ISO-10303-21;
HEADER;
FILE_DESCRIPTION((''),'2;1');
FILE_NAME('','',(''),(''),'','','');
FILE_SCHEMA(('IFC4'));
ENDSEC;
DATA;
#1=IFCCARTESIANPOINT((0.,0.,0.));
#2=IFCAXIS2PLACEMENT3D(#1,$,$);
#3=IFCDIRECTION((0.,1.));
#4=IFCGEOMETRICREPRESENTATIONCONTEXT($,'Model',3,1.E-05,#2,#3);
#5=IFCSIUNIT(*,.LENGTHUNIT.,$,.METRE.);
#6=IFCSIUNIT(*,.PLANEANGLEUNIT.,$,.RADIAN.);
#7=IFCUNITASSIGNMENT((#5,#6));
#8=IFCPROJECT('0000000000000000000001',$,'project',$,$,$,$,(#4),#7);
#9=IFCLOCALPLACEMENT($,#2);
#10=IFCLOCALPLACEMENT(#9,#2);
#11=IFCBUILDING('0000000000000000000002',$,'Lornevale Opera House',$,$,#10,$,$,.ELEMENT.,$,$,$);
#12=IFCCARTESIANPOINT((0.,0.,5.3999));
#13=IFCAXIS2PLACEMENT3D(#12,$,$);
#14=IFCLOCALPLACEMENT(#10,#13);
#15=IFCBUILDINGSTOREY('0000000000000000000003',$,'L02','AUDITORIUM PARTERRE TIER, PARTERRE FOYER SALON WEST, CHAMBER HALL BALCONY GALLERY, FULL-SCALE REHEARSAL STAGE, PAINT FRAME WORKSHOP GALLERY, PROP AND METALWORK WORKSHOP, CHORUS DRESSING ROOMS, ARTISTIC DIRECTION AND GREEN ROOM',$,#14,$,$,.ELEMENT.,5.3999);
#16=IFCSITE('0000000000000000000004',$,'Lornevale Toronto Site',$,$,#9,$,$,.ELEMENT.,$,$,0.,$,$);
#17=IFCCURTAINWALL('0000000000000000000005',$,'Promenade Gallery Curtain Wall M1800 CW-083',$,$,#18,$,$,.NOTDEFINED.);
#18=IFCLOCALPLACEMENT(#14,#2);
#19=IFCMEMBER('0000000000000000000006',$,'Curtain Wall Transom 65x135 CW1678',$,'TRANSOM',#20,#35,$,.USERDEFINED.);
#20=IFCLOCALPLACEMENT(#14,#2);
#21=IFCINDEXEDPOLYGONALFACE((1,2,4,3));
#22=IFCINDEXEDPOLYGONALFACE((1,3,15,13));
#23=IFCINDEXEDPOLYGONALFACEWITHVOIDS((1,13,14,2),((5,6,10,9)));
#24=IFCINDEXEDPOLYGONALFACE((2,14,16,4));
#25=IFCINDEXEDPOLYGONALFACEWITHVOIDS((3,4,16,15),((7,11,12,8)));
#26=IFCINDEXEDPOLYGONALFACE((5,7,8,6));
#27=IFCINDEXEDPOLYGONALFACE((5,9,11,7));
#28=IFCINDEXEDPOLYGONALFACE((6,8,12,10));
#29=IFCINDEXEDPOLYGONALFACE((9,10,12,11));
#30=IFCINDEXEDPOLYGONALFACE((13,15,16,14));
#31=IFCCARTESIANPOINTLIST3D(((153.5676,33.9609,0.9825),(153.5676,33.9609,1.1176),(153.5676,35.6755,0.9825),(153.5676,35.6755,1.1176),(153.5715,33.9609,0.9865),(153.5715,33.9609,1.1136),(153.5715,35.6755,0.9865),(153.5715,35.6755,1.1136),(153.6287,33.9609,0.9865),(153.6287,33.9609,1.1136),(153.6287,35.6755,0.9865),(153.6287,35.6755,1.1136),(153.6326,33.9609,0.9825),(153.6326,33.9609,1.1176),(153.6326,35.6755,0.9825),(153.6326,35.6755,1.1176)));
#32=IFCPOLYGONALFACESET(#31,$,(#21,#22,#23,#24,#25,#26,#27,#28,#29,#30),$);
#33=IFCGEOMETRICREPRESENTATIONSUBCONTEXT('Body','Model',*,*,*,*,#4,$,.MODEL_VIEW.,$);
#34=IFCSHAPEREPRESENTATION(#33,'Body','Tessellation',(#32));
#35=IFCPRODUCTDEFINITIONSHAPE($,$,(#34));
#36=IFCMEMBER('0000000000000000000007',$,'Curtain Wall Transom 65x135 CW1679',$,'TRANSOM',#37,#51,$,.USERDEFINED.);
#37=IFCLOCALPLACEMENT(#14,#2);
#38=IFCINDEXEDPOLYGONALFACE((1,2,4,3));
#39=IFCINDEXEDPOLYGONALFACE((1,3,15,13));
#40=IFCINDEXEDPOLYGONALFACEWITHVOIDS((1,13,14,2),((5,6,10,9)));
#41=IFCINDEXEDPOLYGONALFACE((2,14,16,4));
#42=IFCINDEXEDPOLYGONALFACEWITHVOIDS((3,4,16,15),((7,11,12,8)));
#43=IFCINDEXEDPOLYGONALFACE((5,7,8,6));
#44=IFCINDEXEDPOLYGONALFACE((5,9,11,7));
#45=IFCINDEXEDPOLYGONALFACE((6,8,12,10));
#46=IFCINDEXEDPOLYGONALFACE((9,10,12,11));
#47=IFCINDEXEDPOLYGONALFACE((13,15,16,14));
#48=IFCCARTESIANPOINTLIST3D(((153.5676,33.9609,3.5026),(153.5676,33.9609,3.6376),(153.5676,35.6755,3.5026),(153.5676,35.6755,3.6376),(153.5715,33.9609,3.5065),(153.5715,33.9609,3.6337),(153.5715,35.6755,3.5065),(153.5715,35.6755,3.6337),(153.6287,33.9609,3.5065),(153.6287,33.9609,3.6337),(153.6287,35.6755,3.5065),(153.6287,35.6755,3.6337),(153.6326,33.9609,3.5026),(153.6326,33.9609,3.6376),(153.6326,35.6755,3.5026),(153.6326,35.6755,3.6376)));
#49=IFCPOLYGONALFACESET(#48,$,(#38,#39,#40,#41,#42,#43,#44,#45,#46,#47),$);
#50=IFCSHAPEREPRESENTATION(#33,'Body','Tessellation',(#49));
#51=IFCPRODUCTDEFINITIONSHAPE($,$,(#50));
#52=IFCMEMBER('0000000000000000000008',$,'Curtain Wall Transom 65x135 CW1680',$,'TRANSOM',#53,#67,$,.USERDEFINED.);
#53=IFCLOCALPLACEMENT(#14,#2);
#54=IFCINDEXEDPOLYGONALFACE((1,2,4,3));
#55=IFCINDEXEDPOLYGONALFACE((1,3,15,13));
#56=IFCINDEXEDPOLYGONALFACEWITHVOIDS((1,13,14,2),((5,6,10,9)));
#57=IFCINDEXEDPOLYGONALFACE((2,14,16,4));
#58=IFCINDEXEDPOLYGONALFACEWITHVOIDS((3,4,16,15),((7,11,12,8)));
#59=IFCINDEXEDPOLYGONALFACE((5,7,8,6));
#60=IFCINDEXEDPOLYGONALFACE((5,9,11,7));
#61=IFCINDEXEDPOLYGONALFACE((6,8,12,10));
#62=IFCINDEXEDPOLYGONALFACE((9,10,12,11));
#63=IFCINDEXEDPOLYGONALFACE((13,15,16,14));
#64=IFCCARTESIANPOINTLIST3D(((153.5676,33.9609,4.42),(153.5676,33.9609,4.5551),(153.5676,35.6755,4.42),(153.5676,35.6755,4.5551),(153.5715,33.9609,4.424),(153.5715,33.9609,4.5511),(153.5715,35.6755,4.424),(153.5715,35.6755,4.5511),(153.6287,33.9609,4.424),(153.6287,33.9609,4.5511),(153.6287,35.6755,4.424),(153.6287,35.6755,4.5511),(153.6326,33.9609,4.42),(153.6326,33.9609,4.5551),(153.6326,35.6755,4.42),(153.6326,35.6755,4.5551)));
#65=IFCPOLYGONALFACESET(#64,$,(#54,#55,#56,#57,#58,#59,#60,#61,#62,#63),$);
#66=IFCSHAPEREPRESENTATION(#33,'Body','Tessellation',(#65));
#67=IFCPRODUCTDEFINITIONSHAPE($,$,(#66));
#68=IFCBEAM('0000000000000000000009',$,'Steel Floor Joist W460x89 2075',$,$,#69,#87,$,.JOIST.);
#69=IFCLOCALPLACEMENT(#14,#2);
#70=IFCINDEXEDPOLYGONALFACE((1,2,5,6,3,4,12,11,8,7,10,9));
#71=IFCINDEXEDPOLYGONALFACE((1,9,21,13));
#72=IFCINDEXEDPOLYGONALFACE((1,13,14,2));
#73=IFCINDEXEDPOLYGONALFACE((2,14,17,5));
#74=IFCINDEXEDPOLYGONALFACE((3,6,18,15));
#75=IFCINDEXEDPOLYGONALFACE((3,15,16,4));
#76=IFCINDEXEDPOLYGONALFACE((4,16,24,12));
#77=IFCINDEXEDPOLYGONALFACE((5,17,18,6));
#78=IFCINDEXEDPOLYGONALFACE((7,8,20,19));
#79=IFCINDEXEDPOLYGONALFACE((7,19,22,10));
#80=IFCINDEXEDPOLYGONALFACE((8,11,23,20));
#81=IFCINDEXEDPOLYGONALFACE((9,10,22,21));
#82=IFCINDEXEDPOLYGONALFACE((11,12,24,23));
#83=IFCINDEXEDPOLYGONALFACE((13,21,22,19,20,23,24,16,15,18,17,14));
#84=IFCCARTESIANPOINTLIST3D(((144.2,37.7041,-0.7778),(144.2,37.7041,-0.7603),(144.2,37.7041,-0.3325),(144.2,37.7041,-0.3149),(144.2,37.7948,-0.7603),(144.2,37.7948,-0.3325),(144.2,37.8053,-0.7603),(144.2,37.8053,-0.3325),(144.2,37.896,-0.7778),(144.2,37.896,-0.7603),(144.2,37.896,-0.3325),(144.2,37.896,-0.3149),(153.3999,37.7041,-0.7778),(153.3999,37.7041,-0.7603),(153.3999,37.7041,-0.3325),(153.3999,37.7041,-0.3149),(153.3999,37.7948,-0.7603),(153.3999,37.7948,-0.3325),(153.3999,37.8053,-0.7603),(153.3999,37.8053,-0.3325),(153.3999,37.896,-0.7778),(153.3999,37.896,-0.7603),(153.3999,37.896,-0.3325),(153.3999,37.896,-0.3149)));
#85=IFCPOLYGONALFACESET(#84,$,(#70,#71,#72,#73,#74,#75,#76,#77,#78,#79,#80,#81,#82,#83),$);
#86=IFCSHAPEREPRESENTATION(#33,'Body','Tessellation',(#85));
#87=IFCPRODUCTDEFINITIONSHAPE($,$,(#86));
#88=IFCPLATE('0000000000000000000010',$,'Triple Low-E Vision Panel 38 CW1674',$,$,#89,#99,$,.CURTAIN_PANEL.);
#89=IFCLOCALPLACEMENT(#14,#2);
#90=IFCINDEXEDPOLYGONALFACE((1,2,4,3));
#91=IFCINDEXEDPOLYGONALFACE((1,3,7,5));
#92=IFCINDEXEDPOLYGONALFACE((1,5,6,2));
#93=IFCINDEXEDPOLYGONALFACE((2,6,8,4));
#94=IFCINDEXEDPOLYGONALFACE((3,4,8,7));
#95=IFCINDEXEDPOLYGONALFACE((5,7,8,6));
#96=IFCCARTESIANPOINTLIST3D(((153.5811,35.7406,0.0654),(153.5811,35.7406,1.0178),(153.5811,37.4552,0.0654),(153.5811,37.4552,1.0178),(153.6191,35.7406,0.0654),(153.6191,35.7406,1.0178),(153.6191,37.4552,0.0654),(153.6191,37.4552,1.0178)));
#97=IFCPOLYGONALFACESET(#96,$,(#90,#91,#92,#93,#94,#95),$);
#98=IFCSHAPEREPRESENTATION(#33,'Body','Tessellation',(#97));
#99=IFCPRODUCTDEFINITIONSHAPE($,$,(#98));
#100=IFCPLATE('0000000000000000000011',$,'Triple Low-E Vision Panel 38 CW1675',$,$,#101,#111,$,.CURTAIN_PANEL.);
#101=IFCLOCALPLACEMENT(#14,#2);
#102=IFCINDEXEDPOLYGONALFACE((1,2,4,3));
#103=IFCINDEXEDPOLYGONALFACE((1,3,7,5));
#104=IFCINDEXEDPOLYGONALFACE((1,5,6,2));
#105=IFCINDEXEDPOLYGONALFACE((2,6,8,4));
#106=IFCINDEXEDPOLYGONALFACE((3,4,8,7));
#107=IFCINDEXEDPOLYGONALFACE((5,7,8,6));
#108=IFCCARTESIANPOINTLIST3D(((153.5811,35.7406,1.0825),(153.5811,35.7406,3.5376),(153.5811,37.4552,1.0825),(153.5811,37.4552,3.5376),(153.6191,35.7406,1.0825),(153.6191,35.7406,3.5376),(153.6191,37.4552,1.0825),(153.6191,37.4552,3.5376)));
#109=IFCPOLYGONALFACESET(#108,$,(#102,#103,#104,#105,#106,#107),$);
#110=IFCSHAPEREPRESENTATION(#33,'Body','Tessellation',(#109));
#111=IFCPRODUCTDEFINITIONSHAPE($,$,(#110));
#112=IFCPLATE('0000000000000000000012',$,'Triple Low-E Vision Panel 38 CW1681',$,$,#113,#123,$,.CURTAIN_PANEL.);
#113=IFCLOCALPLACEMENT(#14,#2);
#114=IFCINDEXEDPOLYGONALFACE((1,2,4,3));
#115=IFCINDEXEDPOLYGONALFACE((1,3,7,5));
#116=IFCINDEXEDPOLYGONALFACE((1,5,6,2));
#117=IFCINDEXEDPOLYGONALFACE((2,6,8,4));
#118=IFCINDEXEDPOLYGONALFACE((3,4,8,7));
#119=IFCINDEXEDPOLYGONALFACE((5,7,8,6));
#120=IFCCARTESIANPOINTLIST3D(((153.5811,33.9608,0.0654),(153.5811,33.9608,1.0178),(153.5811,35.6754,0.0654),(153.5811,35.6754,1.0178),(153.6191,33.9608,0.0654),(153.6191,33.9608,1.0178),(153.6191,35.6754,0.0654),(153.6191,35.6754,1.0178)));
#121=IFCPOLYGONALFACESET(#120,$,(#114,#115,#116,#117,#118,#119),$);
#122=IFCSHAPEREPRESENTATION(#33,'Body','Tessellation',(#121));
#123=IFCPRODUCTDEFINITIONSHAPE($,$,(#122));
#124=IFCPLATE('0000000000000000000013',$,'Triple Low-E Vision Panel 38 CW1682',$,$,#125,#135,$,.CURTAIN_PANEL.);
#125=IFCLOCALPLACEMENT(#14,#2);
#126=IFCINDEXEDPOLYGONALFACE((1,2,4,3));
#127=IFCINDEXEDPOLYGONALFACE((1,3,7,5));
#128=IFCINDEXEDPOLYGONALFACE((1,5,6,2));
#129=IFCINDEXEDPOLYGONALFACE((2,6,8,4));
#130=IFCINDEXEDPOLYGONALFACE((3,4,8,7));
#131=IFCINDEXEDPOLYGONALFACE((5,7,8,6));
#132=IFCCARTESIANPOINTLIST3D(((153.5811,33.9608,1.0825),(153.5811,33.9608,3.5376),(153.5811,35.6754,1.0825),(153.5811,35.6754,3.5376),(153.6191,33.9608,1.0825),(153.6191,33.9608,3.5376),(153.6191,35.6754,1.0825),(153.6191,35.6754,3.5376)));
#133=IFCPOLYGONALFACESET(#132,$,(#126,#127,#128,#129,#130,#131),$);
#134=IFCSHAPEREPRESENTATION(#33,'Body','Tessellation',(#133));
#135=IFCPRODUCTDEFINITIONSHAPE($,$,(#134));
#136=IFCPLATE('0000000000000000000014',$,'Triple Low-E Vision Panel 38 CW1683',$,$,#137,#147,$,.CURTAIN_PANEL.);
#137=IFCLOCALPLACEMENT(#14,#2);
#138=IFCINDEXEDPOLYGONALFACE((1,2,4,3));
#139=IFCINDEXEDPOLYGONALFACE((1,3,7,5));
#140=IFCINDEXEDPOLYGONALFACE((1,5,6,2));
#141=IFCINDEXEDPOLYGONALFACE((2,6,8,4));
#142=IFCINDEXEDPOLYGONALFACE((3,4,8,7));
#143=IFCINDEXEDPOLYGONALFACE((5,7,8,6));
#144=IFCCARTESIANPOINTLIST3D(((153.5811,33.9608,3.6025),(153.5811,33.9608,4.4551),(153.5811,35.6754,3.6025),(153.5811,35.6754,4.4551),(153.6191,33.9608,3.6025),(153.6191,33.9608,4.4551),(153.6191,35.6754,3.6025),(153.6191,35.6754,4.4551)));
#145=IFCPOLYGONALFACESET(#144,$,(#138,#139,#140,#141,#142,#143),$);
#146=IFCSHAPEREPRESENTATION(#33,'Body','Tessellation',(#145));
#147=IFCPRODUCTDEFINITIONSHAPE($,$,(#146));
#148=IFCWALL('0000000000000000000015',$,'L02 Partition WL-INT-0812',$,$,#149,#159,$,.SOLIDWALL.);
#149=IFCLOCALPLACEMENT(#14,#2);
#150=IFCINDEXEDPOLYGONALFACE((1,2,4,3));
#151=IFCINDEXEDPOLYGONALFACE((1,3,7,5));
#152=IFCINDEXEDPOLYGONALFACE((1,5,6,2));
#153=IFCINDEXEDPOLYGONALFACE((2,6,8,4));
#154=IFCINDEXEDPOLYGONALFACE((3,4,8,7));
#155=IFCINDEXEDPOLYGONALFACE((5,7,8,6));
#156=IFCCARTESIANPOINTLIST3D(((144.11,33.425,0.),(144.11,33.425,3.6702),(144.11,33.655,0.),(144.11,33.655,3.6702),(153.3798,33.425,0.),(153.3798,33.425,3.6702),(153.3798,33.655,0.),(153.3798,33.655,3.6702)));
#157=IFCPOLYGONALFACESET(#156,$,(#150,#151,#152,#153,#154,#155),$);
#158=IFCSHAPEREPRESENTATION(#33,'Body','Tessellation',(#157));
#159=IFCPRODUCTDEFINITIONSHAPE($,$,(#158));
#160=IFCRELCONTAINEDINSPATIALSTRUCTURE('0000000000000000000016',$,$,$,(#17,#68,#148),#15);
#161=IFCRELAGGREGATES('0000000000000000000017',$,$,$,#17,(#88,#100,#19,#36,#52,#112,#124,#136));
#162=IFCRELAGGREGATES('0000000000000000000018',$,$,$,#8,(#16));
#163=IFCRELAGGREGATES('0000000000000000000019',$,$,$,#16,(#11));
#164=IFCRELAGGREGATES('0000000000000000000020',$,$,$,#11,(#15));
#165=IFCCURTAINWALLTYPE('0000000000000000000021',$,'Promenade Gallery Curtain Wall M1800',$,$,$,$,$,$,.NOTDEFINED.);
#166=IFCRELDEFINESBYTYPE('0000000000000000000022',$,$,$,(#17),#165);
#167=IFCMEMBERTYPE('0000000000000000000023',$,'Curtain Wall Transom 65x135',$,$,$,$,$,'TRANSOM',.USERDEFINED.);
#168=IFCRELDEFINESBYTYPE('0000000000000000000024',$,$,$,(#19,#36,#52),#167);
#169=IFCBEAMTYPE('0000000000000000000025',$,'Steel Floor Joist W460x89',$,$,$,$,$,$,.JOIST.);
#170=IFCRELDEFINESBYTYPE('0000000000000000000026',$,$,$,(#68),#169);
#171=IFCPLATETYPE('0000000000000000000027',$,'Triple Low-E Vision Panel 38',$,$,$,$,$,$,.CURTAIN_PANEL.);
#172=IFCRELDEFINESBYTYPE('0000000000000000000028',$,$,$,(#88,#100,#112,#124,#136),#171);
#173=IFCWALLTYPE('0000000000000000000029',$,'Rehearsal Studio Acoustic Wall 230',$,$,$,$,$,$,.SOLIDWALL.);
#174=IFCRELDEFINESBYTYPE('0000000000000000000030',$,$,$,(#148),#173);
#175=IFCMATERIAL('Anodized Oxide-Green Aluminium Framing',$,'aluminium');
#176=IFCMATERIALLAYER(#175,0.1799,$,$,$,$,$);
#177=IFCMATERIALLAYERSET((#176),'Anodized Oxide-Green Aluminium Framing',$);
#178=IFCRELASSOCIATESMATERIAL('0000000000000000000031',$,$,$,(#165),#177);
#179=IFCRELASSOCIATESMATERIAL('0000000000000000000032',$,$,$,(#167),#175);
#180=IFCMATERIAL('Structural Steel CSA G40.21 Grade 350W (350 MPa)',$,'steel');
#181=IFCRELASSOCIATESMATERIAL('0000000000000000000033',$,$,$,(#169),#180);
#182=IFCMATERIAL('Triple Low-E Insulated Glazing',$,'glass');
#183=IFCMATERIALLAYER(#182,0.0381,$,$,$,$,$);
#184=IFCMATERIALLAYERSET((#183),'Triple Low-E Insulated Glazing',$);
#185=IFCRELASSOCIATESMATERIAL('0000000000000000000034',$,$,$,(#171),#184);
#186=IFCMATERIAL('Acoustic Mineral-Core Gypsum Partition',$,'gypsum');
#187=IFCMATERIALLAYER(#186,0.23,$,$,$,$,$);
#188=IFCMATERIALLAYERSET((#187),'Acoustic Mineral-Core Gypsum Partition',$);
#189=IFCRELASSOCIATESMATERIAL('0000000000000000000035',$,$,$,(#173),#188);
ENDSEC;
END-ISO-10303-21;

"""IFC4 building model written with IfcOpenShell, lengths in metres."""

from ifc_helpers import new_model, si_unit, direction, frame, frame_2d, origin, origin_2d, place, context, subcontext, project, spatial, rectangle, hollow_rectangle, i_section, extrude, material, layer, layer_set, material_profile, profile_set, type_object, element, aggregate, save


model = new_model("IFC4")

# Units and contexts
model_context = context("Model", 3, precision=1e-05, world=origin(), true_north=direction((0.0, 1.0)))
body_context = subcontext(model_context, "Body", "Model", "MODEL_VIEW")
ifc_project = project(units=[si_unit("LENGTHUNIT", "METRE"), si_unit("PLANEANGLEUNIT", "RADIAN")], contexts=[model_context])

# Site, building, storey
site_placement = place(None, origin())
site = spatial("IfcSite", under=ifc_project, at=site_placement, Name="Lornevale Toronto Site", CompositionType="ELEMENT", RefElevation=0.0)
building_placement = place(site_placement, origin())
building = spatial("IfcBuilding", under=site, at=building_placement, Name="Lornevale Opera House", CompositionType="ELEMENT")
storey_placement = place(building_placement, frame((0.0, 0.0, 5.3999)))
storey = spatial("IfcBuildingStorey", under=building, at=storey_placement, Name="L02", Description="AUDITORIUM PARTERRE TIER, PARTERRE FOYER SALON WEST, CHAMBER HALL BALCONY GALLERY, FULL-SCALE REHEARSAL STAGE, PAINT FRAME WORKSHOP GALLERY, PROP AND METALWORK WORKSHOP, CHORUS DRESSING ROOMS, ARTISTIC DIRECTION AND GREEN ROOM", CompositionType="ELEMENT", Elevation=5.3999)

# Shared definitions
ifc_material_1 = material(Name="Anodized Oxide-Green Aluminium Framing", Category="aluminium")
ifc_layer_1 = layer(ifc_material_1, 0.1799)
ifc_layer_set_1 = layer_set([ifc_layer_1], Name="Anodized Oxide-Green Aluminium Framing")
curtain_wall_type = type_object("IfcCurtainWallType", Name="Promenade Gallery Curtain Wall M1800", PredefinedType="NOTDEFINED", material=ifc_layer_set_1)

# Curtain wall, members
curtain_wall_1_placement = place(storey_placement, origin())
curtain_wall_1 = element("IfcCurtainWall", 1, at=curtain_wall_1_placement, inside=storey, type_object=curtain_wall_type, Name="Promenade Gallery Curtain Wall M1800 CW-083", PredefinedType="NOTDEFINED")
ifc_material_profile_1 = material_profile(ifc_material_1, hollow_rectangle(XDim=0.0649, YDim=0.135, WallThickness=0.0039, at=origin_2d()), Name="ALU65x135x4")
ifc_profile_set_1 = profile_set([ifc_material_profile_1], Name="Anodized Oxide-Green Aluminium Framing")
member_type_1 = type_object("IfcMemberType", Name="Curtain Wall Transom 65x135", ElementType="TRANSOM", PredefinedType="USERDEFINED", material=ifc_profile_set_1)
member_1_placement = place(storey_placement, frame((153.6001, 35.6755, 1.05), z_axis=(0.0, -1.0, 0.0), x_axis=(1.0, 0.0, 0.0)))
member_1 = element("IfcMember", 2, at=member_1_placement, type_object=member_type_1, Name="Curtain Wall Transom 65x135 CW1678", ObjectType="TRANSOM", PredefinedType="USERDEFINED", context=body_context, shape_type="SweptSolid", body=[
    extrude(hollow_rectangle(XDim=0.0649, YDim=0.135, WallThickness=0.0039, at=origin_2d()), origin(), (0.0, 0.0, 1.0), 1.7146),
])
member_2_placement = place(storey_placement, frame((153.6001, 35.6755, 3.5701), z_axis=(0.0, -1.0, 0.0), x_axis=(1.0, 0.0, 0.0)))
member_2 = element("IfcMember", 3, at=member_2_placement, type_object=member_type_1, Name="Curtain Wall Transom 65x135 CW1679", ObjectType="TRANSOM", PredefinedType="USERDEFINED", context=body_context, shape_type="SweptSolid", body=[
    extrude(hollow_rectangle(XDim=0.0649, YDim=0.135, WallThickness=0.0039, at=origin_2d()), origin(), (0.0, 0.0, 1.0), 1.7146),
])
member_3_placement = place(storey_placement, frame((153.6001, 35.6755, 4.4875), z_axis=(0.0, -1.0, 0.0), x_axis=(1.0, 0.0, 0.0)))
member_3 = element("IfcMember", 4, at=member_3_placement, type_object=member_type_1, Name="Curtain Wall Transom 65x135 CW1680", ObjectType="TRANSOM", PredefinedType="USERDEFINED", context=body_context, shape_type="SweptSolid", body=[
    extrude(hollow_rectangle(XDim=0.0649, YDim=0.135, WallThickness=0.0039, at=origin_2d()), origin(), (0.0, 0.0, 1.0), 1.7146),
])

# Beam
ifc_material_2 = material(Name="Structural Steel CSA G40.21 Grade 350W (350 MPa)", Category="steel")
ifc_material_profile_2 = material_profile(ifc_material_2, i_section(OverallWidth=0.1919, OverallDepth=0.4629, WebThickness=0.0105, FlangeThickness=0.0176, at=origin_2d()), Name="W460x89")
ifc_profile_set_2 = profile_set([ifc_material_profile_2], Name="Structural Steel CSA G40.21 Grade 350W (350 MPa)")
beam_type_1 = type_object("IfcBeamType", Name="Steel Floor Joist W460x89", PredefinedType="JOIST", material=ifc_profile_set_2)
beam_1_placement = place(storey_placement, frame((144.2, 37.8, -0.5464), z_axis=(1.0, 0.0, 0.0), x_axis=(0.0, 1.0, 0.0)))
element("IfcBeam", 5, at=beam_1_placement, inside=storey, type_object=beam_type_1, Name="Steel Floor Joist W460x89 2075", PredefinedType="JOIST", context=body_context, shape_type="SweptSolid", body=[
    extrude(i_section(OverallWidth=0.1919, OverallDepth=0.4629, WebThickness=0.0105, FlangeThickness=0.0176, at=origin_2d()), origin(), (0.0, 0.0, 1.0), 9.2),
])

# Plates
ifc_material_3 = material(Name="Triple Low-E Insulated Glazing", Category="glass")
ifc_layer_2 = layer(ifc_material_3, 0.0381)
ifc_layer_set_2 = layer_set([ifc_layer_2], Name="Triple Low-E Insulated Glazing")
plate_type = type_object("IfcPlateType", Name="Triple Low-E Vision Panel 38", PredefinedType="CURTAIN_PANEL", material=ifc_layer_set_2)
plate_1_placement = place(storey_placement, frame((153.6001, 36.5979, 0.0654), z_axis=(0.0, 0.0, 1.0), x_axis=(0.0, -1.0, 0.0)))
plate_1 = element("IfcPlate", 6, at=plate_1_placement, type_object=plate_type, Name="Triple Low-E Vision Panel 38 CW1674", PredefinedType="CURTAIN_PANEL", context=body_context, shape_type="SweptSolid", body=[
    extrude(rectangle(XDim=1.7146, YDim=0.0381, at=origin_2d()), origin(), (0.0, 0.0, 1.0), 0.9524),
])
plate_2_placement = place(storey_placement, frame((153.6001, 36.5979, 1.0825), z_axis=(0.0, 0.0, 1.0), x_axis=(0.0, -1.0, 0.0)))
plate_2 = element("IfcPlate", 7, at=plate_2_placement, type_object=plate_type, Name="Triple Low-E Vision Panel 38 CW1675", PredefinedType="CURTAIN_PANEL", context=body_context, shape_type="SweptSolid", body=[
    extrude(rectangle(XDim=1.7146, YDim=0.0381, at=origin_2d()), origin(), (0.0, 0.0, 1.0), 2.4551),
])
plate_3_placement = place(storey_placement, frame((153.6001, 34.8181, 0.0654), z_axis=(0.0, 0.0, 1.0), x_axis=(0.0, -1.0, 0.0)))
plate_3 = element("IfcPlate", 8, at=plate_3_placement, type_object=plate_type, Name="Triple Low-E Vision Panel 38 CW1681", PredefinedType="CURTAIN_PANEL", context=body_context, shape_type="SweptSolid", body=[
    extrude(rectangle(XDim=1.7146, YDim=0.0381, at=origin_2d()), origin(), (0.0, 0.0, 1.0), 0.9524),
])
plate_4_placement = place(storey_placement, frame((153.6001, 34.8181, 1.0825), z_axis=(0.0, 0.0, 1.0), x_axis=(0.0, -1.0, 0.0)))
plate_4 = element("IfcPlate", 9, at=plate_4_placement, type_object=plate_type, Name="Triple Low-E Vision Panel 38 CW1682", PredefinedType="CURTAIN_PANEL", context=body_context, shape_type="SweptSolid", body=[
    extrude(rectangle(XDim=1.7146, YDim=0.0381, at=origin_2d()), origin(), (0.0, 0.0, 1.0), 2.4551),
])
plate_5_placement = place(storey_placement, frame((153.6001, 34.8181, 3.6025), z_axis=(0.0, 0.0, 1.0), x_axis=(0.0, -1.0, 0.0)))
plate_5 = element("IfcPlate", 10, at=plate_5_placement, type_object=plate_type, Name="Triple Low-E Vision Panel 38 CW1683", PredefinedType="CURTAIN_PANEL", context=body_context, shape_type="SweptSolid", body=[
    extrude(rectangle(XDim=1.7146, YDim=0.0381, at=origin_2d()), origin(), (0.0, 0.0, 1.0), 0.8525),
])
aggregate(curtain_wall_1, [plate_1, plate_2, member_1, member_2, member_3, plate_3, plate_4, plate_5])

# Wall
ifc_material_4 = material(Name="Acoustic Mineral-Core Gypsum Partition", Category="gypsum")
ifc_layer_3 = layer(ifc_material_4, 0.23)
ifc_layer_set_3 = layer_set([ifc_layer_3], Name="Acoustic Mineral-Core Gypsum Partition")
wall_type = type_object("IfcWallType", Name="Rehearsal Studio Acoustic Wall 230", PredefinedType="SOLIDWALL", material=ifc_layer_set_3)
wall_placement = place(storey_placement, frame((144.1101, 33.54, 0.0), z_axis=(0.0, 0.0, 1.0), x_axis=(1.0, 0.0, 0.0)))
element("IfcWall", 11, at=wall_placement, inside=storey, type_object=wall_type, Name="L02 Partition WL-INT-0812", PredefinedType="SOLIDWALL", context=body_context, shape_type="SweptSolid", body=[
    extrude(rectangle(XDim=9.2698, YDim=0.23, at=frame_2d((4.6348, 0.0))), origin(), (0.0, 0.0, 1.0), 3.6702),
])

save(model, "model.ifc")
